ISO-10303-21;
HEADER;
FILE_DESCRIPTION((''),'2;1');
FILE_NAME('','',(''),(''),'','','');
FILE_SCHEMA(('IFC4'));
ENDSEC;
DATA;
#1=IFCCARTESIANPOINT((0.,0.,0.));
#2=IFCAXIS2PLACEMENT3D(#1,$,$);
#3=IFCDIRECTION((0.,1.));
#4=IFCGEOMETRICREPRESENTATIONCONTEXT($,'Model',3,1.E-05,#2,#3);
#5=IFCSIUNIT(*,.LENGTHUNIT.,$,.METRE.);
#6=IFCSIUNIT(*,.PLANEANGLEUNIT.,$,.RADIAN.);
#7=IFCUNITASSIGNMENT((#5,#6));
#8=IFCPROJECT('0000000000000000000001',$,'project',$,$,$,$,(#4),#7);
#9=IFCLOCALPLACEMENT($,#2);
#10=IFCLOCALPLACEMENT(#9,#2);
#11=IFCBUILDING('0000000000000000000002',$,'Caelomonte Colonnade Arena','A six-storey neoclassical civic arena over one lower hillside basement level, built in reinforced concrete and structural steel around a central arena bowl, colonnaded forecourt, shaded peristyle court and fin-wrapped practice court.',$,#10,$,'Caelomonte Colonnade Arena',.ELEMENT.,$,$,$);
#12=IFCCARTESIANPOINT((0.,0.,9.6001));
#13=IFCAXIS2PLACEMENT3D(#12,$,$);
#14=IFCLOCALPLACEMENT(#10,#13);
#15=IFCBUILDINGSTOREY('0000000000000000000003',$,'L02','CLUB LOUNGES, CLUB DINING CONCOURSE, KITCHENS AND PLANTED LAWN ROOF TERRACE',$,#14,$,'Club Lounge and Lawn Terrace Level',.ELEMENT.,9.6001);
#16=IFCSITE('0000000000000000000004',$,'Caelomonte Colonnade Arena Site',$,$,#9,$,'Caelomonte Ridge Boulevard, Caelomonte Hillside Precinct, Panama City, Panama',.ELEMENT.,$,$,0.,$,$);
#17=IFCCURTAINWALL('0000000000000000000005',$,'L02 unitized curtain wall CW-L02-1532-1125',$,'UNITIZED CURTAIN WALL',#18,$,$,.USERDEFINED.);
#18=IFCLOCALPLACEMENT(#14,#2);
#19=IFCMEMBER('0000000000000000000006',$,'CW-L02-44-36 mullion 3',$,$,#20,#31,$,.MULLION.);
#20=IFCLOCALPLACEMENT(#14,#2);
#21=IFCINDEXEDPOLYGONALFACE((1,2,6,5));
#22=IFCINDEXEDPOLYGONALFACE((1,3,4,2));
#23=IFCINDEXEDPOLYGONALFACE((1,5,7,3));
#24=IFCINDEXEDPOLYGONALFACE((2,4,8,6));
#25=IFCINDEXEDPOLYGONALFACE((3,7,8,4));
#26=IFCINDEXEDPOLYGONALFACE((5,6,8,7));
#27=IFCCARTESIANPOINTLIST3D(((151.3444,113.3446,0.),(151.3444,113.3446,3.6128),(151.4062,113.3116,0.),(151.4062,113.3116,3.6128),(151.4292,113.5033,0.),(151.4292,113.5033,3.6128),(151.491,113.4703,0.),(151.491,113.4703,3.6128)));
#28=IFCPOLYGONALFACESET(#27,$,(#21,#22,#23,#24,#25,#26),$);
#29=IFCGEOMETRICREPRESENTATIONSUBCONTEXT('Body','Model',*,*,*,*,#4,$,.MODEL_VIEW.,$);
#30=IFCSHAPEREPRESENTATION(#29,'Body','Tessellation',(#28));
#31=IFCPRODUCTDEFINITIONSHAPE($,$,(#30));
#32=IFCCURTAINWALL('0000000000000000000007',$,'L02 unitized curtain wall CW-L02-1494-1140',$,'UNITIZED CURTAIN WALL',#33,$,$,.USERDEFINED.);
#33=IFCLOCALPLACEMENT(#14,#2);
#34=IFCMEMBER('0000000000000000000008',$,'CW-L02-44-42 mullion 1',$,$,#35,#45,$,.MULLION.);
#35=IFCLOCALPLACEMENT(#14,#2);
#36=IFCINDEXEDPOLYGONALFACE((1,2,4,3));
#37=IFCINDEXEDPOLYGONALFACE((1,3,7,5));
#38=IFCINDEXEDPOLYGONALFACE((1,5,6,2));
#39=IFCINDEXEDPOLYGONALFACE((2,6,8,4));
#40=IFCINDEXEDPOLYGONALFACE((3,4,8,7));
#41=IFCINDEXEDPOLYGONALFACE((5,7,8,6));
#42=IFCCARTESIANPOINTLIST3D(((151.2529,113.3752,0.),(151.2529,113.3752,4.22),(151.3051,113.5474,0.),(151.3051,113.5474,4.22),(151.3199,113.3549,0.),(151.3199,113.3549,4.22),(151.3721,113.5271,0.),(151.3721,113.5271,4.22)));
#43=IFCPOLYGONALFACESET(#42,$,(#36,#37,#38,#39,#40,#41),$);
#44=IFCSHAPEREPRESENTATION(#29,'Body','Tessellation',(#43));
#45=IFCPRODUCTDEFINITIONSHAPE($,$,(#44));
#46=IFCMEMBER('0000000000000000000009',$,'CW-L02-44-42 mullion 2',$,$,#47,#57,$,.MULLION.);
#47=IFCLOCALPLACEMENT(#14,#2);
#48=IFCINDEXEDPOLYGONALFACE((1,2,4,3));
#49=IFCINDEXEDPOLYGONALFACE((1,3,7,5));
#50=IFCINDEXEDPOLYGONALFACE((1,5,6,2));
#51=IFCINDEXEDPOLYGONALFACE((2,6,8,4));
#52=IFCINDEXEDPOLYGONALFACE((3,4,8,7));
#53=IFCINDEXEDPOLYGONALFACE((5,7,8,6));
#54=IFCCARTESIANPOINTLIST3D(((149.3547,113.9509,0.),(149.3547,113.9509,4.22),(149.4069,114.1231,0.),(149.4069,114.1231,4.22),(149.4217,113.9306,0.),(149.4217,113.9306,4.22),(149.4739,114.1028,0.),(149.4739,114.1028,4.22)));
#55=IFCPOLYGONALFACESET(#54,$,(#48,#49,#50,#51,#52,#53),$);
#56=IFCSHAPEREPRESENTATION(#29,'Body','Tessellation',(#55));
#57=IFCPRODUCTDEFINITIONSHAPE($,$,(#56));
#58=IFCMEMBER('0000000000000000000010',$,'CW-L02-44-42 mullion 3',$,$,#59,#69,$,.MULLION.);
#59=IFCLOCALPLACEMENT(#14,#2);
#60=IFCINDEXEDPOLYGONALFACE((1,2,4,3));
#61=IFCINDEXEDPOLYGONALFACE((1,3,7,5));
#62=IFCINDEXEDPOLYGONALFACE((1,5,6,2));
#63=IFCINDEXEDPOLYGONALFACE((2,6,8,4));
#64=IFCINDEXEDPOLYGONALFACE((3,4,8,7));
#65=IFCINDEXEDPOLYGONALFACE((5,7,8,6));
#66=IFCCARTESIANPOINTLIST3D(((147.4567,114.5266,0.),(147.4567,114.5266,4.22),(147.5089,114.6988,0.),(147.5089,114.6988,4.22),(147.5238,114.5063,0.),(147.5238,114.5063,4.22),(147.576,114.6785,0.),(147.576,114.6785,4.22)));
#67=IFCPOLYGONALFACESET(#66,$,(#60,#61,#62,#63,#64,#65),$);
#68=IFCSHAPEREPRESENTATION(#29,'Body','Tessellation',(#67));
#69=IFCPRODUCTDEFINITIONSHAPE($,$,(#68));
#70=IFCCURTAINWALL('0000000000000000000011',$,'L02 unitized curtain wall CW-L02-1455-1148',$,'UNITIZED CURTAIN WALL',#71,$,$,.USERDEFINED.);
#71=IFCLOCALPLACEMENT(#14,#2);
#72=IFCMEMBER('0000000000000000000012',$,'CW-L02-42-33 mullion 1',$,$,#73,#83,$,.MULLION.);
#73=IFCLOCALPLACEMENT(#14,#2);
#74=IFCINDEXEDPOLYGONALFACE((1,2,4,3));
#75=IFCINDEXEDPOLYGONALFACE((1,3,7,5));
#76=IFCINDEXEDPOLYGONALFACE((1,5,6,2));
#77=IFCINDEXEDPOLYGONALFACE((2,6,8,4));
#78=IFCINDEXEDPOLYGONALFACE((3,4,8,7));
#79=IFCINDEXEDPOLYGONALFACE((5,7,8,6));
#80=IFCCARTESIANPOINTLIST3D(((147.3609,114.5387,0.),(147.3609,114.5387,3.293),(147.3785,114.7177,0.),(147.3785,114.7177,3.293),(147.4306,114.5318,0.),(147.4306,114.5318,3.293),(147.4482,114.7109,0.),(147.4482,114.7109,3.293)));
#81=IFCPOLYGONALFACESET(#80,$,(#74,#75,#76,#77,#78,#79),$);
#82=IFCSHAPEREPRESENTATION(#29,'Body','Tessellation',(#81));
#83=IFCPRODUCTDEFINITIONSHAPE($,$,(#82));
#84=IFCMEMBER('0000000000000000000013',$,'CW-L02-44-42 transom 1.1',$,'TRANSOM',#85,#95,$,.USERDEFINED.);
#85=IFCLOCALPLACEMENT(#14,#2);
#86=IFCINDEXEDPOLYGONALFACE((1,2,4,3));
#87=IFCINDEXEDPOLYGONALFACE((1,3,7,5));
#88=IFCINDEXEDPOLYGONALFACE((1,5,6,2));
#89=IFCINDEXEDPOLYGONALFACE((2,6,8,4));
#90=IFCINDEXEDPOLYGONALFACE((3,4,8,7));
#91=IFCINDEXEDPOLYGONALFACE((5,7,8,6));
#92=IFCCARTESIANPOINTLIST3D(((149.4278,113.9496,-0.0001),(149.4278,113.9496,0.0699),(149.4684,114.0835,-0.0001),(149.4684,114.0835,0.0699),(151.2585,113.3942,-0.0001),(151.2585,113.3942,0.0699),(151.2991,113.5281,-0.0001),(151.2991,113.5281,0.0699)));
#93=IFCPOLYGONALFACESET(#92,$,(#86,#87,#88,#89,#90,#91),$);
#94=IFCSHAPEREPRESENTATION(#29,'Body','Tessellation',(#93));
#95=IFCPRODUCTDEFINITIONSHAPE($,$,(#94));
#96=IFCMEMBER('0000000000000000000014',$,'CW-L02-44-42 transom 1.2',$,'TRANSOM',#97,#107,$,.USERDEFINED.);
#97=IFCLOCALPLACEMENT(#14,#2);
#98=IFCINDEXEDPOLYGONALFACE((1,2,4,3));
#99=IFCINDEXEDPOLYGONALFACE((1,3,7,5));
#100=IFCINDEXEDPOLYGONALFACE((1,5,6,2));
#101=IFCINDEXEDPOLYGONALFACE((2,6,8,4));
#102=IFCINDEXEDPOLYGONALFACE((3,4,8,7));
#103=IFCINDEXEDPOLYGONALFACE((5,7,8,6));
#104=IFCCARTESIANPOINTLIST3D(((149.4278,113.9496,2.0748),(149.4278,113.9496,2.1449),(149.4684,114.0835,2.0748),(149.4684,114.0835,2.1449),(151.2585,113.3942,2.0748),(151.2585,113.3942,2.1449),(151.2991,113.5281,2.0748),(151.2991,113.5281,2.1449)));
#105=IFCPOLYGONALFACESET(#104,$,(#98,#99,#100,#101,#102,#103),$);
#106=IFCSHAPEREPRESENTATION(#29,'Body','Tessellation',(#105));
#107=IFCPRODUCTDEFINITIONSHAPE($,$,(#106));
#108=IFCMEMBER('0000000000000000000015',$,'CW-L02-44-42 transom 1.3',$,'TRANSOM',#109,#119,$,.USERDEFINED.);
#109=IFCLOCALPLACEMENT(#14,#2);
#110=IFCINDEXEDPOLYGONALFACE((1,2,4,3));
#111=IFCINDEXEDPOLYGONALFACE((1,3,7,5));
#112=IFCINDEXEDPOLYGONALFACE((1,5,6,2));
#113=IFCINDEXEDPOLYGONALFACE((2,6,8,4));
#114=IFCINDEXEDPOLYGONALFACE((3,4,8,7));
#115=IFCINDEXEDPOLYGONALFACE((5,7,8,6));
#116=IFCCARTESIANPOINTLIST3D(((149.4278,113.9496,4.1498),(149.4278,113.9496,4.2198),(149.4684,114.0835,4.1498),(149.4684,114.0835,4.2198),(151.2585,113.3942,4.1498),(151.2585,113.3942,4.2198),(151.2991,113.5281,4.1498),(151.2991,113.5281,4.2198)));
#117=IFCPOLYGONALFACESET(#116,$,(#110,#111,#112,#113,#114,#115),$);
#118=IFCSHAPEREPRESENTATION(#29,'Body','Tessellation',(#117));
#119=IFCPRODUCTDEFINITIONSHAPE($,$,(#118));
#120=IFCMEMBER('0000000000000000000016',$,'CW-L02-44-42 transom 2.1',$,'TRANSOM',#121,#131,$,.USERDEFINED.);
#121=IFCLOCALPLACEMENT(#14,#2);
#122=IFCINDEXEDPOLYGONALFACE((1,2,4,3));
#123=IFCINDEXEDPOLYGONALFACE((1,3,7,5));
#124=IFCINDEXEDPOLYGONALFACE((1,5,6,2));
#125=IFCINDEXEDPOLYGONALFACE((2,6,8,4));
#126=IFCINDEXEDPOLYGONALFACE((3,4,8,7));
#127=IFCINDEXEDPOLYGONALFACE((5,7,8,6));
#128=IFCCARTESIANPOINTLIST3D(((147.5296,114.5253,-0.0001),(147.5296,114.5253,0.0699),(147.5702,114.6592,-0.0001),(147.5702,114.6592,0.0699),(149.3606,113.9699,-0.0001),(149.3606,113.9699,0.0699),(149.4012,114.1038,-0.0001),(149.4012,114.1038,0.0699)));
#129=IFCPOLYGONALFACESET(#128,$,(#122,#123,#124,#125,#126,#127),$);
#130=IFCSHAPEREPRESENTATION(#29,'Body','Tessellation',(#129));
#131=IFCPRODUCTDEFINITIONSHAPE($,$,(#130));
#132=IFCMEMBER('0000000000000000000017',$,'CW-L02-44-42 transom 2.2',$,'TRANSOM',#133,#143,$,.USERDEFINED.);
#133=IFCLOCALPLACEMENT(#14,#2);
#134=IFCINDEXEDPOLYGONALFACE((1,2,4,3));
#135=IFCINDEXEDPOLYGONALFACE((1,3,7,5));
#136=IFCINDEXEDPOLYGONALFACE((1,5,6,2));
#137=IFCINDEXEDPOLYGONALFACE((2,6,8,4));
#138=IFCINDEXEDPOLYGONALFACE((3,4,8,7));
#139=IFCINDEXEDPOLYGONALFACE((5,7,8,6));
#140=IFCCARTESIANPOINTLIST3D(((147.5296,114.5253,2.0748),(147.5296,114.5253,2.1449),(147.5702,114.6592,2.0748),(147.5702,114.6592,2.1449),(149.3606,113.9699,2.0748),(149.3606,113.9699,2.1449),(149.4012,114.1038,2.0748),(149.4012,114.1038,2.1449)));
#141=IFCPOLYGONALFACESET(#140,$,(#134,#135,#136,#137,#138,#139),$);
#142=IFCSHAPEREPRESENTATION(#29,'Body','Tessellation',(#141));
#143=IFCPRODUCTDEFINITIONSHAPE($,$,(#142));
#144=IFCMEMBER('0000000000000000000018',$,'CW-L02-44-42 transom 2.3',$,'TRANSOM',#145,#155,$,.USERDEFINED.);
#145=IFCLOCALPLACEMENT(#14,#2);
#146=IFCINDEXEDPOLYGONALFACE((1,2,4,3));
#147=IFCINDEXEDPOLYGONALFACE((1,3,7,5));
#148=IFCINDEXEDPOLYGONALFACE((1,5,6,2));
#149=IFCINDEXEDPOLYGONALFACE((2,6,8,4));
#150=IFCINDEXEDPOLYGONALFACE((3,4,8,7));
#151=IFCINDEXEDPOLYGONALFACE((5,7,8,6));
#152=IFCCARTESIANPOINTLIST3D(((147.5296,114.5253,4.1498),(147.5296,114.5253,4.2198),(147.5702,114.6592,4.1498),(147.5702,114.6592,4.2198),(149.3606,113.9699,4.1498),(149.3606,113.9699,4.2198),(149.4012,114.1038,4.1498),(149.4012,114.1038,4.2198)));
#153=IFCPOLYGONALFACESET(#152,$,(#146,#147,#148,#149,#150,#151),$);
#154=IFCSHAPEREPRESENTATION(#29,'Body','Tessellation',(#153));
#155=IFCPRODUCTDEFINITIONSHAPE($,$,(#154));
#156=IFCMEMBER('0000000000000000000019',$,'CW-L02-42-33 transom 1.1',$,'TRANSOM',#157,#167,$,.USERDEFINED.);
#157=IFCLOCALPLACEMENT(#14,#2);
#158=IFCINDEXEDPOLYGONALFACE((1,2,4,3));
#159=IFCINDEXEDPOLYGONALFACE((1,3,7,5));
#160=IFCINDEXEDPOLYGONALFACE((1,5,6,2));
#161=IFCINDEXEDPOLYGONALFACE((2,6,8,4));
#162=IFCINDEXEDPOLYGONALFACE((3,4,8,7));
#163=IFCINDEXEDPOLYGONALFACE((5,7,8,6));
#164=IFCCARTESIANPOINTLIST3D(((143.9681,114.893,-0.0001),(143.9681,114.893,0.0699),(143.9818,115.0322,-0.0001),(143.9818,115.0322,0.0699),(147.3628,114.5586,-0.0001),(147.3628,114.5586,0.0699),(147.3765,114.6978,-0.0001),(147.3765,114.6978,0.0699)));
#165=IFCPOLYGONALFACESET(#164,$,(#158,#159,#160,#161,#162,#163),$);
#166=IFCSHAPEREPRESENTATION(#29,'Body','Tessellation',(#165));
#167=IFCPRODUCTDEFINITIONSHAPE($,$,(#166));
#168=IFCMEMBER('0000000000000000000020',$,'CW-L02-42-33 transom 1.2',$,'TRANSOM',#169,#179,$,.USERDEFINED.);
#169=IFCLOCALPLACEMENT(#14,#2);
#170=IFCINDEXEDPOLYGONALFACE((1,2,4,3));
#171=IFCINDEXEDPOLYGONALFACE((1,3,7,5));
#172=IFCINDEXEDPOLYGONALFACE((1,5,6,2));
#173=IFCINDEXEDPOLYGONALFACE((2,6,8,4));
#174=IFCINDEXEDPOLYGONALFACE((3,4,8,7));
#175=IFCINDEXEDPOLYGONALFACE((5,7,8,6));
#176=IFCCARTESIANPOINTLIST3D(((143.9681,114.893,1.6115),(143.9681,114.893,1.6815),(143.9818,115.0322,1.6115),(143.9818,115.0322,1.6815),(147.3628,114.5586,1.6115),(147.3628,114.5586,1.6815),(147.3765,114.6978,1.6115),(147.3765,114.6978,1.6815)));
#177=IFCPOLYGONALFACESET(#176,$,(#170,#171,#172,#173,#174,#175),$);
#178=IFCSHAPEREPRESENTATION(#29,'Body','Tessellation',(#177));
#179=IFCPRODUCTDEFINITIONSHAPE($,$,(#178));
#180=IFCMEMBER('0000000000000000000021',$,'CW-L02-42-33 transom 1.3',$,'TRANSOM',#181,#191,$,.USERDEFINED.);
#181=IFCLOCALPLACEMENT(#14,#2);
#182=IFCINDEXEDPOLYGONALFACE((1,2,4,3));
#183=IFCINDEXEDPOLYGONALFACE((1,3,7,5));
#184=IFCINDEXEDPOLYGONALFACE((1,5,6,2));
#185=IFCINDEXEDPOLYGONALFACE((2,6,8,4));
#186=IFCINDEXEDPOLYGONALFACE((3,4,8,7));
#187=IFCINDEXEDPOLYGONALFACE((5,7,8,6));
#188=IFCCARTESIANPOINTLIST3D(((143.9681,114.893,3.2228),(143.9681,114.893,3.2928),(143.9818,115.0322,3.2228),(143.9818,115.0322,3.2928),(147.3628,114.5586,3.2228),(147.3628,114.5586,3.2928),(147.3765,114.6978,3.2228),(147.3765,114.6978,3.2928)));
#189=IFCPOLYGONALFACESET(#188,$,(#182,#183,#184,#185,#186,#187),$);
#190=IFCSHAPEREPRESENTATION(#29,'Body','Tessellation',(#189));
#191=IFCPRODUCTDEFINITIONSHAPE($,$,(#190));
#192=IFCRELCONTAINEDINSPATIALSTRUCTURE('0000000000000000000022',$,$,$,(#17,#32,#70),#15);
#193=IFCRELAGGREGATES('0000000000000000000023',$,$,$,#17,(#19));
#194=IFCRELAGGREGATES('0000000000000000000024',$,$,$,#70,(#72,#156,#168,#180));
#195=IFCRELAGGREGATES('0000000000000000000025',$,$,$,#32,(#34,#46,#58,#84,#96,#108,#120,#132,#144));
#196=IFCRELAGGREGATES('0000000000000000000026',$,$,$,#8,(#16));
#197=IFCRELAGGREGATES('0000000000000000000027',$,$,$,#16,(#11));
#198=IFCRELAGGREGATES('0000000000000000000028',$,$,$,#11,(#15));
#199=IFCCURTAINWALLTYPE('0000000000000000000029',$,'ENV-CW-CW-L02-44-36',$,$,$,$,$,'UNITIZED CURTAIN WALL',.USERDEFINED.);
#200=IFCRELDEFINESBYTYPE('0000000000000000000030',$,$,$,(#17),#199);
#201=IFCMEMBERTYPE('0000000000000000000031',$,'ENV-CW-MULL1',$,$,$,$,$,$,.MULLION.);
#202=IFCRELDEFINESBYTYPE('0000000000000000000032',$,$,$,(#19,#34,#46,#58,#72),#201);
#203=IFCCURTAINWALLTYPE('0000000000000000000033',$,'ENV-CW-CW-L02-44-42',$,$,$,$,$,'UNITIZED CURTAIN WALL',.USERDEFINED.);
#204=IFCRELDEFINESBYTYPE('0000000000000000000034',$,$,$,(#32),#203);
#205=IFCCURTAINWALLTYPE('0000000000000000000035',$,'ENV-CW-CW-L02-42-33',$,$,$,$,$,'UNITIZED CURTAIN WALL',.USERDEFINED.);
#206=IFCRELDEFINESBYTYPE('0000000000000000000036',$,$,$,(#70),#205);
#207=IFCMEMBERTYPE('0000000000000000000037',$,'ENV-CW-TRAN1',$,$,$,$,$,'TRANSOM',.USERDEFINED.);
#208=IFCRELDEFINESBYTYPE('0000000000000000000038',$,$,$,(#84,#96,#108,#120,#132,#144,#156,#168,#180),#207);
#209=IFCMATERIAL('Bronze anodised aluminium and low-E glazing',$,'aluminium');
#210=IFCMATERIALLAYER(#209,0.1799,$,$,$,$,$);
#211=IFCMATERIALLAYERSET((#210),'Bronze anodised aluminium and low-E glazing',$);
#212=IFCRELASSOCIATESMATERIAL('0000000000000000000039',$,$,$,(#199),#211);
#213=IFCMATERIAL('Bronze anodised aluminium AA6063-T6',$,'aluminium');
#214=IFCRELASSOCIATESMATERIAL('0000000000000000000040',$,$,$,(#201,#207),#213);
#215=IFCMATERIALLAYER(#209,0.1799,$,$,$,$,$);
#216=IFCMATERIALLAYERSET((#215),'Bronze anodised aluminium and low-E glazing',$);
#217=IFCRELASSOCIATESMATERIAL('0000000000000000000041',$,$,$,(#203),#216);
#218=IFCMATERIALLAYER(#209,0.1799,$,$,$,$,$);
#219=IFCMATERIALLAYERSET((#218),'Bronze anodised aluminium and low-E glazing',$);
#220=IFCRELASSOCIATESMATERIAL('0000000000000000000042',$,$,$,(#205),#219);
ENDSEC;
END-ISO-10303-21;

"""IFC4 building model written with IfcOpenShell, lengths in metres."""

from ifc_helpers import new_model, si_unit, direction, frame, origin, origin_2d, place, context, subcontext, project, spatial, rectangle, extrude, material, layer, layer_set, material_profile, profile_set, type_object, element, aggregate, save


model = new_model("IFC4")

# Units and contexts
model_context = context("Model", 3, precision=1e-05, world=origin(), true_north=direction((0.0, 1.0)))
body_context = subcontext(model_context, "Body", "Model", "MODEL_VIEW")
ifc_project = project(units=[si_unit("LENGTHUNIT", "METRE"), si_unit("PLANEANGLEUNIT", "RADIAN")], contexts=[model_context])

# Site, building, storey
site_placement = place(None, origin())
site = spatial("IfcSite", under=ifc_project, at=site_placement, Name="Caelomonte Colonnade Arena Site", LongName="Caelomonte Ridge Boulevard, Caelomonte Hillside Precinct, Panama City, Panama", CompositionType="ELEMENT", RefElevation=0.0)
building_placement = place(site_placement, origin())
building = spatial("IfcBuilding", under=site, at=building_placement, Name="Caelomonte Colonnade Arena", Description="A six-storey neoclassical civic arena over one lower hillside basement level, built in reinforced concrete and structural steel around a central arena bowl, colonnaded forecourt, shaded peristyle court and fin-wrapped practice court.", LongName="Caelomonte Colonnade Arena", CompositionType="ELEMENT")
storey_placement = place(building_placement, frame((0.0, 0.0, 9.6001)))
storey = spatial("IfcBuildingStorey", under=building, at=storey_placement, Name="L02", Description="CLUB LOUNGES, CLUB DINING CONCOURSE, KITCHENS AND PLANTED LAWN ROOF TERRACE", LongName="Club Lounge and Lawn Terrace Level", CompositionType="ELEMENT", Elevation=9.6001)

# Curtain wall, member
ifc_material_1 = material(Name="Bronze anodised aluminium and low-E glazing", Category="aluminium")
ifc_layer_1 = layer(ifc_material_1, 0.1799)
ifc_layer_set_1 = layer_set([ifc_layer_1], Name="Bronze anodised aluminium and low-E glazing")
curtain_wall_type_1 = type_object("IfcCurtainWallType", Name="ENV-CW-CW-L02-44-36", ElementType="UNITIZED CURTAIN WALL", PredefinedType="USERDEFINED", material=ifc_layer_set_1)
curtain_wall_1_placement = place(storey_placement, origin())
curtain_wall_1 = element("IfcCurtainWall", 1, at=curtain_wall_1_placement, inside=storey, type_object=curtain_wall_type_1, Name="L02 unitized curtain wall CW-L02-1532-1125", ObjectType="UNITIZED CURTAIN WALL", PredefinedType="USERDEFINED")
ifc_material_2 = material(Name="Bronze anodised aluminium AA6063-T6", Category="aluminium")
ifc_material_profile_1 = material_profile(ifc_material_2, rectangle(XDim=0.0701, YDim=0.1799, at=origin_2d()), Name="CWM-70X180")
ifc_profile_set_1 = profile_set([ifc_material_profile_1], Name="Bronze anodised aluminium AA6063-T6")
member_type_1 = type_object("IfcMemberType", Name="ENV-CW-MULL1", PredefinedType="MULLION", material=ifc_profile_set_1)
member_1_placement = place(storey_placement, frame((151.4177, 113.4075, 0.0), z_axis=(0.0, 0.0, 1.0), x_axis=(-0.881923, 0.471394, 0.0)))
member_1 = element("IfcMember", 2, at=member_1_placement, type_object=member_type_1, Name="CW-L02-44-36 mullion 3", PredefinedType="MULLION", context=body_context, shape_type="SweptSolid", body=[
    extrude(rectangle(XDim=0.0701, YDim=0.1799, at=origin_2d()), origin(), (0.0, 0.0, 1.0), 3.6128),
])
aggregate(curtain_wall_1, [member_1])

# Curtain wall, members
ifc_layer_2 = layer(ifc_material_1, 0.1799)
ifc_layer_set_2 = layer_set([ifc_layer_2], Name="Bronze anodised aluminium and low-E glazing")
curtain_wall_type_2 = type_object("IfcCurtainWallType", Name="ENV-CW-CW-L02-44-42", ElementType="UNITIZED CURTAIN WALL", PredefinedType="USERDEFINED", material=ifc_layer_set_2)
curtain_wall_2_placement = place(storey_placement, origin())
curtain_wall_2 = element("IfcCurtainWall", 3, at=curtain_wall_2_placement, inside=storey, type_object=curtain_wall_type_2, Name="L02 unitized curtain wall CW-L02-1494-1140", ObjectType="UNITIZED CURTAIN WALL", PredefinedType="USERDEFINED")
member_2_placement = place(storey_placement, frame((151.3125, 113.4512, 0.0), z_axis=(0.0, 0.0, 1.0), x_axis=(-0.956949, 0.290256, 0.0)))
member_2 = element("IfcMember", 4, at=member_2_placement, type_object=member_type_1, Name="CW-L02-44-42 mullion 1", PredefinedType="MULLION", context=body_context, shape_type="SweptSolid", body=[
    extrude(rectangle(XDim=0.0701, YDim=0.1799, at=origin_2d()), origin(), (0.0, 0.0, 1.0), 4.22),
])
member_3_placement = place(storey_placement, frame((149.4143, 114.0269, 0.0), z_axis=(0.0, 0.0, 1.0), x_axis=(-0.956949, 0.290256, 0.0)))
member_3 = element("IfcMember", 5, at=member_3_placement, type_object=member_type_1, Name="CW-L02-44-42 mullion 2", PredefinedType="MULLION", context=body_context, shape_type="SweptSolid", body=[
    extrude(rectangle(XDim=0.0701, YDim=0.1799, at=origin_2d()), origin(), (0.0, 0.0, 1.0), 4.22),
])
member_4_placement = place(storey_placement, frame((147.5164, 114.6025, 0.0), z_axis=(0.0, 0.0, 1.0), x_axis=(-0.956949, 0.290256, 0.0)))
member_4 = element("IfcMember", 6, at=member_4_placement, type_object=member_type_1, Name="CW-L02-44-42 mullion 3", PredefinedType="MULLION", context=body_context, shape_type="SweptSolid", body=[
    extrude(rectangle(XDim=0.0701, YDim=0.1799, at=origin_2d()), origin(), (0.0, 0.0, 1.0), 4.22),
])

# Curtain wall, member
ifc_layer_3 = layer(ifc_material_1, 0.1799)
ifc_layer_set_3 = layer_set([ifc_layer_3], Name="Bronze anodised aluminium and low-E glazing")
curtain_wall_type_3 = type_object("IfcCurtainWallType", Name="ENV-CW-CW-L02-42-33", ElementType="UNITIZED CURTAIN WALL", PredefinedType="USERDEFINED", material=ifc_layer_set_3)
curtain_wall_3_placement = place(storey_placement, origin())
curtain_wall_3 = element("IfcCurtainWall", 7, at=curtain_wall_3_placement, inside=storey, type_object=curtain_wall_type_3, Name="L02 unitized curtain wall CW-L02-1455-1148", ObjectType="UNITIZED CURTAIN WALL", PredefinedType="USERDEFINED")
member_5_placement = place(storey_placement, frame((147.4045, 114.6248, 0.0), z_axis=(0.0, 0.0, 1.0), x_axis=(-0.995184, 0.098023, 0.0)))
member_5 = element("IfcMember", 8, at=member_5_placement, type_object=member_type_1, Name="CW-L02-42-33 mullion 1", PredefinedType="MULLION", context=body_context, shape_type="SweptSolid", body=[
    extrude(rectangle(XDim=0.0701, YDim=0.1799, at=origin_2d()), origin(), (0.0, 0.0, 1.0), 3.293),
])

# Members
ifc_material_profile_2 = material_profile(ifc_material_2, rectangle(XDim=0.0701, YDim=0.1399, at=origin_2d()), Name="CWT-70X140")
ifc_profile_set_2 = profile_set([ifc_material_profile_2], Name="Bronze anodised aluminium AA6063-T6")
member_type_2 = type_object("IfcMemberType", Name="ENV-CW-TRAN1", ElementType="TRANSOM", PredefinedType="USERDEFINED", material=ifc_profile_set_2)
member_6_placement = place(storey_placement, frame((151.2788, 113.4612, 0.0349), z_axis=(-0.956933, 0.290308, 0.0), x_axis=(0.0, 0.0, 1.0)))
member_6 = element("IfcMember", 9, at=member_6_placement, type_object=member_type_2, Name="CW-L02-44-42 transom 1.1", ObjectType="TRANSOM", PredefinedType="USERDEFINED", context=body_context, shape_type="SweptSolid", body=[
    extrude(rectangle(XDim=0.0701, YDim=0.1399, at=origin_2d()), origin(), (0.0, 0.0, 1.0), 1.9131),
])
member_7_placement = place(storey_placement, frame((151.2788, 113.4612, 2.1099), z_axis=(-0.956933, 0.290308, 0.0), x_axis=(0.0, 0.0, 1.0)))
member_7 = element("IfcMember", 10, at=member_7_placement, type_object=member_type_2, Name="CW-L02-44-42 transom 1.2", ObjectType="TRANSOM", PredefinedType="USERDEFINED", context=body_context, shape_type="SweptSolid", body=[
    extrude(rectangle(XDim=0.0701, YDim=0.1399, at=origin_2d()), origin(), (0.0, 0.0, 1.0), 1.9131),
])
member_8_placement = place(storey_placement, frame((151.2788, 113.4612, 4.1848), z_axis=(-0.956933, 0.290308, 0.0), x_axis=(0.0, 0.0, 1.0)))
member_8 = element("IfcMember", 11, at=member_8_placement, type_object=member_type_2, Name="CW-L02-44-42 transom 1.3", ObjectType="TRANSOM", PredefinedType="USERDEFINED", context=body_context, shape_type="SweptSolid", body=[
    extrude(rectangle(XDim=0.0701, YDim=0.1399, at=origin_2d()), origin(), (0.0, 0.0, 1.0), 1.9131),
])
member_9_placement = place(storey_placement, frame((149.3809, 114.0369, 0.0349), z_axis=(-0.956944, 0.290273, 0.0), x_axis=(0.0, 0.0, 1.0)))
member_9 = element("IfcMember", 12, at=member_9_placement, type_object=member_type_2, Name="CW-L02-44-42 transom 2.1", ObjectType="TRANSOM", PredefinedType="USERDEFINED", context=body_context, shape_type="SweptSolid", body=[
    extrude(rectangle(XDim=0.0701, YDim=0.1399, at=origin_2d()), origin(), (0.0, 0.0, 1.0), 1.9133),
])
member_10_placement = place(storey_placement, frame((149.3809, 114.0369, 2.1099), z_axis=(-0.956944, 0.290273, 0.0), x_axis=(0.0, 0.0, 1.0)))
member_10 = element("IfcMember", 13, at=member_10_placement, type_object=member_type_2, Name="CW-L02-44-42 transom 2.2", ObjectType="TRANSOM", PredefinedType="USERDEFINED", context=body_context, shape_type="SweptSolid", body=[
    extrude(rectangle(XDim=0.0701, YDim=0.1399, at=origin_2d()), origin(), (0.0, 0.0, 1.0), 1.9133),
])
member_11_placement = place(storey_placement, frame((149.3809, 114.0369, 4.1848), z_axis=(-0.956944, 0.290273, 0.0), x_axis=(0.0, 0.0, 1.0)))
member_11 = element("IfcMember", 14, at=member_11_placement, type_object=member_type_2, Name="CW-L02-44-42 transom 2.3", ObjectType="TRANSOM", PredefinedType="USERDEFINED", context=body_context, shape_type="SweptSolid", body=[
    extrude(rectangle(XDim=0.0701, YDim=0.1399, at=origin_2d()), origin(), (0.0, 0.0, 1.0), 1.9133),
])
member_12_placement = place(storey_placement, frame((147.3696, 114.6282, 0.0349), z_axis=(-0.995181, 0.098051, 0.0), x_axis=(0.0, 0.0, 1.0)))
member_12 = element("IfcMember", 15, at=member_12_placement, type_object=member_type_2, Name="CW-L02-42-33 transom 1.1", ObjectType="TRANSOM", PredefinedType="USERDEFINED", context=body_context, shape_type="SweptSolid", body=[
    extrude(rectangle(XDim=0.0701, YDim=0.1399, at=origin_2d()), origin(), (0.0, 0.0, 1.0), 3.4111),
])
member_13_placement = place(storey_placement, frame((147.3696, 114.6282, 1.6465), z_axis=(-0.995181, 0.098051, 0.0), x_axis=(0.0, 0.0, 1.0)))
member_13 = element("IfcMember", 16, at=member_13_placement, type_object=member_type_2, Name="CW-L02-42-33 transom 1.2", ObjectType="TRANSOM", PredefinedType="USERDEFINED", context=body_context, shape_type="SweptSolid", body=[
    extrude(rectangle(XDim=0.0701, YDim=0.1399, at=origin_2d()), origin(), (0.0, 0.0, 1.0), 3.4111),
])
member_14_placement = place(storey_placement, frame((147.3696, 114.6282, 3.2578), z_axis=(-0.995181, 0.098051, 0.0), x_axis=(0.0, 0.0, 1.0)))
member_14 = element("IfcMember", 17, at=member_14_placement, type_object=member_type_2, Name="CW-L02-42-33 transom 1.3", ObjectType="TRANSOM", PredefinedType="USERDEFINED", context=body_context, shape_type="SweptSolid", body=[
    extrude(rectangle(XDim=0.0701, YDim=0.1399, at=origin_2d()), origin(), (0.0, 0.0, 1.0), 3.4111),
])
aggregate(curtain_wall_3, [member_5, member_12, member_13, member_14])

aggregate(curtain_wall_2, [member_2, member_3, member_4, member_6, member_7, member_8, member_9, member_10, member_11])

save(model, "model.ifc")
